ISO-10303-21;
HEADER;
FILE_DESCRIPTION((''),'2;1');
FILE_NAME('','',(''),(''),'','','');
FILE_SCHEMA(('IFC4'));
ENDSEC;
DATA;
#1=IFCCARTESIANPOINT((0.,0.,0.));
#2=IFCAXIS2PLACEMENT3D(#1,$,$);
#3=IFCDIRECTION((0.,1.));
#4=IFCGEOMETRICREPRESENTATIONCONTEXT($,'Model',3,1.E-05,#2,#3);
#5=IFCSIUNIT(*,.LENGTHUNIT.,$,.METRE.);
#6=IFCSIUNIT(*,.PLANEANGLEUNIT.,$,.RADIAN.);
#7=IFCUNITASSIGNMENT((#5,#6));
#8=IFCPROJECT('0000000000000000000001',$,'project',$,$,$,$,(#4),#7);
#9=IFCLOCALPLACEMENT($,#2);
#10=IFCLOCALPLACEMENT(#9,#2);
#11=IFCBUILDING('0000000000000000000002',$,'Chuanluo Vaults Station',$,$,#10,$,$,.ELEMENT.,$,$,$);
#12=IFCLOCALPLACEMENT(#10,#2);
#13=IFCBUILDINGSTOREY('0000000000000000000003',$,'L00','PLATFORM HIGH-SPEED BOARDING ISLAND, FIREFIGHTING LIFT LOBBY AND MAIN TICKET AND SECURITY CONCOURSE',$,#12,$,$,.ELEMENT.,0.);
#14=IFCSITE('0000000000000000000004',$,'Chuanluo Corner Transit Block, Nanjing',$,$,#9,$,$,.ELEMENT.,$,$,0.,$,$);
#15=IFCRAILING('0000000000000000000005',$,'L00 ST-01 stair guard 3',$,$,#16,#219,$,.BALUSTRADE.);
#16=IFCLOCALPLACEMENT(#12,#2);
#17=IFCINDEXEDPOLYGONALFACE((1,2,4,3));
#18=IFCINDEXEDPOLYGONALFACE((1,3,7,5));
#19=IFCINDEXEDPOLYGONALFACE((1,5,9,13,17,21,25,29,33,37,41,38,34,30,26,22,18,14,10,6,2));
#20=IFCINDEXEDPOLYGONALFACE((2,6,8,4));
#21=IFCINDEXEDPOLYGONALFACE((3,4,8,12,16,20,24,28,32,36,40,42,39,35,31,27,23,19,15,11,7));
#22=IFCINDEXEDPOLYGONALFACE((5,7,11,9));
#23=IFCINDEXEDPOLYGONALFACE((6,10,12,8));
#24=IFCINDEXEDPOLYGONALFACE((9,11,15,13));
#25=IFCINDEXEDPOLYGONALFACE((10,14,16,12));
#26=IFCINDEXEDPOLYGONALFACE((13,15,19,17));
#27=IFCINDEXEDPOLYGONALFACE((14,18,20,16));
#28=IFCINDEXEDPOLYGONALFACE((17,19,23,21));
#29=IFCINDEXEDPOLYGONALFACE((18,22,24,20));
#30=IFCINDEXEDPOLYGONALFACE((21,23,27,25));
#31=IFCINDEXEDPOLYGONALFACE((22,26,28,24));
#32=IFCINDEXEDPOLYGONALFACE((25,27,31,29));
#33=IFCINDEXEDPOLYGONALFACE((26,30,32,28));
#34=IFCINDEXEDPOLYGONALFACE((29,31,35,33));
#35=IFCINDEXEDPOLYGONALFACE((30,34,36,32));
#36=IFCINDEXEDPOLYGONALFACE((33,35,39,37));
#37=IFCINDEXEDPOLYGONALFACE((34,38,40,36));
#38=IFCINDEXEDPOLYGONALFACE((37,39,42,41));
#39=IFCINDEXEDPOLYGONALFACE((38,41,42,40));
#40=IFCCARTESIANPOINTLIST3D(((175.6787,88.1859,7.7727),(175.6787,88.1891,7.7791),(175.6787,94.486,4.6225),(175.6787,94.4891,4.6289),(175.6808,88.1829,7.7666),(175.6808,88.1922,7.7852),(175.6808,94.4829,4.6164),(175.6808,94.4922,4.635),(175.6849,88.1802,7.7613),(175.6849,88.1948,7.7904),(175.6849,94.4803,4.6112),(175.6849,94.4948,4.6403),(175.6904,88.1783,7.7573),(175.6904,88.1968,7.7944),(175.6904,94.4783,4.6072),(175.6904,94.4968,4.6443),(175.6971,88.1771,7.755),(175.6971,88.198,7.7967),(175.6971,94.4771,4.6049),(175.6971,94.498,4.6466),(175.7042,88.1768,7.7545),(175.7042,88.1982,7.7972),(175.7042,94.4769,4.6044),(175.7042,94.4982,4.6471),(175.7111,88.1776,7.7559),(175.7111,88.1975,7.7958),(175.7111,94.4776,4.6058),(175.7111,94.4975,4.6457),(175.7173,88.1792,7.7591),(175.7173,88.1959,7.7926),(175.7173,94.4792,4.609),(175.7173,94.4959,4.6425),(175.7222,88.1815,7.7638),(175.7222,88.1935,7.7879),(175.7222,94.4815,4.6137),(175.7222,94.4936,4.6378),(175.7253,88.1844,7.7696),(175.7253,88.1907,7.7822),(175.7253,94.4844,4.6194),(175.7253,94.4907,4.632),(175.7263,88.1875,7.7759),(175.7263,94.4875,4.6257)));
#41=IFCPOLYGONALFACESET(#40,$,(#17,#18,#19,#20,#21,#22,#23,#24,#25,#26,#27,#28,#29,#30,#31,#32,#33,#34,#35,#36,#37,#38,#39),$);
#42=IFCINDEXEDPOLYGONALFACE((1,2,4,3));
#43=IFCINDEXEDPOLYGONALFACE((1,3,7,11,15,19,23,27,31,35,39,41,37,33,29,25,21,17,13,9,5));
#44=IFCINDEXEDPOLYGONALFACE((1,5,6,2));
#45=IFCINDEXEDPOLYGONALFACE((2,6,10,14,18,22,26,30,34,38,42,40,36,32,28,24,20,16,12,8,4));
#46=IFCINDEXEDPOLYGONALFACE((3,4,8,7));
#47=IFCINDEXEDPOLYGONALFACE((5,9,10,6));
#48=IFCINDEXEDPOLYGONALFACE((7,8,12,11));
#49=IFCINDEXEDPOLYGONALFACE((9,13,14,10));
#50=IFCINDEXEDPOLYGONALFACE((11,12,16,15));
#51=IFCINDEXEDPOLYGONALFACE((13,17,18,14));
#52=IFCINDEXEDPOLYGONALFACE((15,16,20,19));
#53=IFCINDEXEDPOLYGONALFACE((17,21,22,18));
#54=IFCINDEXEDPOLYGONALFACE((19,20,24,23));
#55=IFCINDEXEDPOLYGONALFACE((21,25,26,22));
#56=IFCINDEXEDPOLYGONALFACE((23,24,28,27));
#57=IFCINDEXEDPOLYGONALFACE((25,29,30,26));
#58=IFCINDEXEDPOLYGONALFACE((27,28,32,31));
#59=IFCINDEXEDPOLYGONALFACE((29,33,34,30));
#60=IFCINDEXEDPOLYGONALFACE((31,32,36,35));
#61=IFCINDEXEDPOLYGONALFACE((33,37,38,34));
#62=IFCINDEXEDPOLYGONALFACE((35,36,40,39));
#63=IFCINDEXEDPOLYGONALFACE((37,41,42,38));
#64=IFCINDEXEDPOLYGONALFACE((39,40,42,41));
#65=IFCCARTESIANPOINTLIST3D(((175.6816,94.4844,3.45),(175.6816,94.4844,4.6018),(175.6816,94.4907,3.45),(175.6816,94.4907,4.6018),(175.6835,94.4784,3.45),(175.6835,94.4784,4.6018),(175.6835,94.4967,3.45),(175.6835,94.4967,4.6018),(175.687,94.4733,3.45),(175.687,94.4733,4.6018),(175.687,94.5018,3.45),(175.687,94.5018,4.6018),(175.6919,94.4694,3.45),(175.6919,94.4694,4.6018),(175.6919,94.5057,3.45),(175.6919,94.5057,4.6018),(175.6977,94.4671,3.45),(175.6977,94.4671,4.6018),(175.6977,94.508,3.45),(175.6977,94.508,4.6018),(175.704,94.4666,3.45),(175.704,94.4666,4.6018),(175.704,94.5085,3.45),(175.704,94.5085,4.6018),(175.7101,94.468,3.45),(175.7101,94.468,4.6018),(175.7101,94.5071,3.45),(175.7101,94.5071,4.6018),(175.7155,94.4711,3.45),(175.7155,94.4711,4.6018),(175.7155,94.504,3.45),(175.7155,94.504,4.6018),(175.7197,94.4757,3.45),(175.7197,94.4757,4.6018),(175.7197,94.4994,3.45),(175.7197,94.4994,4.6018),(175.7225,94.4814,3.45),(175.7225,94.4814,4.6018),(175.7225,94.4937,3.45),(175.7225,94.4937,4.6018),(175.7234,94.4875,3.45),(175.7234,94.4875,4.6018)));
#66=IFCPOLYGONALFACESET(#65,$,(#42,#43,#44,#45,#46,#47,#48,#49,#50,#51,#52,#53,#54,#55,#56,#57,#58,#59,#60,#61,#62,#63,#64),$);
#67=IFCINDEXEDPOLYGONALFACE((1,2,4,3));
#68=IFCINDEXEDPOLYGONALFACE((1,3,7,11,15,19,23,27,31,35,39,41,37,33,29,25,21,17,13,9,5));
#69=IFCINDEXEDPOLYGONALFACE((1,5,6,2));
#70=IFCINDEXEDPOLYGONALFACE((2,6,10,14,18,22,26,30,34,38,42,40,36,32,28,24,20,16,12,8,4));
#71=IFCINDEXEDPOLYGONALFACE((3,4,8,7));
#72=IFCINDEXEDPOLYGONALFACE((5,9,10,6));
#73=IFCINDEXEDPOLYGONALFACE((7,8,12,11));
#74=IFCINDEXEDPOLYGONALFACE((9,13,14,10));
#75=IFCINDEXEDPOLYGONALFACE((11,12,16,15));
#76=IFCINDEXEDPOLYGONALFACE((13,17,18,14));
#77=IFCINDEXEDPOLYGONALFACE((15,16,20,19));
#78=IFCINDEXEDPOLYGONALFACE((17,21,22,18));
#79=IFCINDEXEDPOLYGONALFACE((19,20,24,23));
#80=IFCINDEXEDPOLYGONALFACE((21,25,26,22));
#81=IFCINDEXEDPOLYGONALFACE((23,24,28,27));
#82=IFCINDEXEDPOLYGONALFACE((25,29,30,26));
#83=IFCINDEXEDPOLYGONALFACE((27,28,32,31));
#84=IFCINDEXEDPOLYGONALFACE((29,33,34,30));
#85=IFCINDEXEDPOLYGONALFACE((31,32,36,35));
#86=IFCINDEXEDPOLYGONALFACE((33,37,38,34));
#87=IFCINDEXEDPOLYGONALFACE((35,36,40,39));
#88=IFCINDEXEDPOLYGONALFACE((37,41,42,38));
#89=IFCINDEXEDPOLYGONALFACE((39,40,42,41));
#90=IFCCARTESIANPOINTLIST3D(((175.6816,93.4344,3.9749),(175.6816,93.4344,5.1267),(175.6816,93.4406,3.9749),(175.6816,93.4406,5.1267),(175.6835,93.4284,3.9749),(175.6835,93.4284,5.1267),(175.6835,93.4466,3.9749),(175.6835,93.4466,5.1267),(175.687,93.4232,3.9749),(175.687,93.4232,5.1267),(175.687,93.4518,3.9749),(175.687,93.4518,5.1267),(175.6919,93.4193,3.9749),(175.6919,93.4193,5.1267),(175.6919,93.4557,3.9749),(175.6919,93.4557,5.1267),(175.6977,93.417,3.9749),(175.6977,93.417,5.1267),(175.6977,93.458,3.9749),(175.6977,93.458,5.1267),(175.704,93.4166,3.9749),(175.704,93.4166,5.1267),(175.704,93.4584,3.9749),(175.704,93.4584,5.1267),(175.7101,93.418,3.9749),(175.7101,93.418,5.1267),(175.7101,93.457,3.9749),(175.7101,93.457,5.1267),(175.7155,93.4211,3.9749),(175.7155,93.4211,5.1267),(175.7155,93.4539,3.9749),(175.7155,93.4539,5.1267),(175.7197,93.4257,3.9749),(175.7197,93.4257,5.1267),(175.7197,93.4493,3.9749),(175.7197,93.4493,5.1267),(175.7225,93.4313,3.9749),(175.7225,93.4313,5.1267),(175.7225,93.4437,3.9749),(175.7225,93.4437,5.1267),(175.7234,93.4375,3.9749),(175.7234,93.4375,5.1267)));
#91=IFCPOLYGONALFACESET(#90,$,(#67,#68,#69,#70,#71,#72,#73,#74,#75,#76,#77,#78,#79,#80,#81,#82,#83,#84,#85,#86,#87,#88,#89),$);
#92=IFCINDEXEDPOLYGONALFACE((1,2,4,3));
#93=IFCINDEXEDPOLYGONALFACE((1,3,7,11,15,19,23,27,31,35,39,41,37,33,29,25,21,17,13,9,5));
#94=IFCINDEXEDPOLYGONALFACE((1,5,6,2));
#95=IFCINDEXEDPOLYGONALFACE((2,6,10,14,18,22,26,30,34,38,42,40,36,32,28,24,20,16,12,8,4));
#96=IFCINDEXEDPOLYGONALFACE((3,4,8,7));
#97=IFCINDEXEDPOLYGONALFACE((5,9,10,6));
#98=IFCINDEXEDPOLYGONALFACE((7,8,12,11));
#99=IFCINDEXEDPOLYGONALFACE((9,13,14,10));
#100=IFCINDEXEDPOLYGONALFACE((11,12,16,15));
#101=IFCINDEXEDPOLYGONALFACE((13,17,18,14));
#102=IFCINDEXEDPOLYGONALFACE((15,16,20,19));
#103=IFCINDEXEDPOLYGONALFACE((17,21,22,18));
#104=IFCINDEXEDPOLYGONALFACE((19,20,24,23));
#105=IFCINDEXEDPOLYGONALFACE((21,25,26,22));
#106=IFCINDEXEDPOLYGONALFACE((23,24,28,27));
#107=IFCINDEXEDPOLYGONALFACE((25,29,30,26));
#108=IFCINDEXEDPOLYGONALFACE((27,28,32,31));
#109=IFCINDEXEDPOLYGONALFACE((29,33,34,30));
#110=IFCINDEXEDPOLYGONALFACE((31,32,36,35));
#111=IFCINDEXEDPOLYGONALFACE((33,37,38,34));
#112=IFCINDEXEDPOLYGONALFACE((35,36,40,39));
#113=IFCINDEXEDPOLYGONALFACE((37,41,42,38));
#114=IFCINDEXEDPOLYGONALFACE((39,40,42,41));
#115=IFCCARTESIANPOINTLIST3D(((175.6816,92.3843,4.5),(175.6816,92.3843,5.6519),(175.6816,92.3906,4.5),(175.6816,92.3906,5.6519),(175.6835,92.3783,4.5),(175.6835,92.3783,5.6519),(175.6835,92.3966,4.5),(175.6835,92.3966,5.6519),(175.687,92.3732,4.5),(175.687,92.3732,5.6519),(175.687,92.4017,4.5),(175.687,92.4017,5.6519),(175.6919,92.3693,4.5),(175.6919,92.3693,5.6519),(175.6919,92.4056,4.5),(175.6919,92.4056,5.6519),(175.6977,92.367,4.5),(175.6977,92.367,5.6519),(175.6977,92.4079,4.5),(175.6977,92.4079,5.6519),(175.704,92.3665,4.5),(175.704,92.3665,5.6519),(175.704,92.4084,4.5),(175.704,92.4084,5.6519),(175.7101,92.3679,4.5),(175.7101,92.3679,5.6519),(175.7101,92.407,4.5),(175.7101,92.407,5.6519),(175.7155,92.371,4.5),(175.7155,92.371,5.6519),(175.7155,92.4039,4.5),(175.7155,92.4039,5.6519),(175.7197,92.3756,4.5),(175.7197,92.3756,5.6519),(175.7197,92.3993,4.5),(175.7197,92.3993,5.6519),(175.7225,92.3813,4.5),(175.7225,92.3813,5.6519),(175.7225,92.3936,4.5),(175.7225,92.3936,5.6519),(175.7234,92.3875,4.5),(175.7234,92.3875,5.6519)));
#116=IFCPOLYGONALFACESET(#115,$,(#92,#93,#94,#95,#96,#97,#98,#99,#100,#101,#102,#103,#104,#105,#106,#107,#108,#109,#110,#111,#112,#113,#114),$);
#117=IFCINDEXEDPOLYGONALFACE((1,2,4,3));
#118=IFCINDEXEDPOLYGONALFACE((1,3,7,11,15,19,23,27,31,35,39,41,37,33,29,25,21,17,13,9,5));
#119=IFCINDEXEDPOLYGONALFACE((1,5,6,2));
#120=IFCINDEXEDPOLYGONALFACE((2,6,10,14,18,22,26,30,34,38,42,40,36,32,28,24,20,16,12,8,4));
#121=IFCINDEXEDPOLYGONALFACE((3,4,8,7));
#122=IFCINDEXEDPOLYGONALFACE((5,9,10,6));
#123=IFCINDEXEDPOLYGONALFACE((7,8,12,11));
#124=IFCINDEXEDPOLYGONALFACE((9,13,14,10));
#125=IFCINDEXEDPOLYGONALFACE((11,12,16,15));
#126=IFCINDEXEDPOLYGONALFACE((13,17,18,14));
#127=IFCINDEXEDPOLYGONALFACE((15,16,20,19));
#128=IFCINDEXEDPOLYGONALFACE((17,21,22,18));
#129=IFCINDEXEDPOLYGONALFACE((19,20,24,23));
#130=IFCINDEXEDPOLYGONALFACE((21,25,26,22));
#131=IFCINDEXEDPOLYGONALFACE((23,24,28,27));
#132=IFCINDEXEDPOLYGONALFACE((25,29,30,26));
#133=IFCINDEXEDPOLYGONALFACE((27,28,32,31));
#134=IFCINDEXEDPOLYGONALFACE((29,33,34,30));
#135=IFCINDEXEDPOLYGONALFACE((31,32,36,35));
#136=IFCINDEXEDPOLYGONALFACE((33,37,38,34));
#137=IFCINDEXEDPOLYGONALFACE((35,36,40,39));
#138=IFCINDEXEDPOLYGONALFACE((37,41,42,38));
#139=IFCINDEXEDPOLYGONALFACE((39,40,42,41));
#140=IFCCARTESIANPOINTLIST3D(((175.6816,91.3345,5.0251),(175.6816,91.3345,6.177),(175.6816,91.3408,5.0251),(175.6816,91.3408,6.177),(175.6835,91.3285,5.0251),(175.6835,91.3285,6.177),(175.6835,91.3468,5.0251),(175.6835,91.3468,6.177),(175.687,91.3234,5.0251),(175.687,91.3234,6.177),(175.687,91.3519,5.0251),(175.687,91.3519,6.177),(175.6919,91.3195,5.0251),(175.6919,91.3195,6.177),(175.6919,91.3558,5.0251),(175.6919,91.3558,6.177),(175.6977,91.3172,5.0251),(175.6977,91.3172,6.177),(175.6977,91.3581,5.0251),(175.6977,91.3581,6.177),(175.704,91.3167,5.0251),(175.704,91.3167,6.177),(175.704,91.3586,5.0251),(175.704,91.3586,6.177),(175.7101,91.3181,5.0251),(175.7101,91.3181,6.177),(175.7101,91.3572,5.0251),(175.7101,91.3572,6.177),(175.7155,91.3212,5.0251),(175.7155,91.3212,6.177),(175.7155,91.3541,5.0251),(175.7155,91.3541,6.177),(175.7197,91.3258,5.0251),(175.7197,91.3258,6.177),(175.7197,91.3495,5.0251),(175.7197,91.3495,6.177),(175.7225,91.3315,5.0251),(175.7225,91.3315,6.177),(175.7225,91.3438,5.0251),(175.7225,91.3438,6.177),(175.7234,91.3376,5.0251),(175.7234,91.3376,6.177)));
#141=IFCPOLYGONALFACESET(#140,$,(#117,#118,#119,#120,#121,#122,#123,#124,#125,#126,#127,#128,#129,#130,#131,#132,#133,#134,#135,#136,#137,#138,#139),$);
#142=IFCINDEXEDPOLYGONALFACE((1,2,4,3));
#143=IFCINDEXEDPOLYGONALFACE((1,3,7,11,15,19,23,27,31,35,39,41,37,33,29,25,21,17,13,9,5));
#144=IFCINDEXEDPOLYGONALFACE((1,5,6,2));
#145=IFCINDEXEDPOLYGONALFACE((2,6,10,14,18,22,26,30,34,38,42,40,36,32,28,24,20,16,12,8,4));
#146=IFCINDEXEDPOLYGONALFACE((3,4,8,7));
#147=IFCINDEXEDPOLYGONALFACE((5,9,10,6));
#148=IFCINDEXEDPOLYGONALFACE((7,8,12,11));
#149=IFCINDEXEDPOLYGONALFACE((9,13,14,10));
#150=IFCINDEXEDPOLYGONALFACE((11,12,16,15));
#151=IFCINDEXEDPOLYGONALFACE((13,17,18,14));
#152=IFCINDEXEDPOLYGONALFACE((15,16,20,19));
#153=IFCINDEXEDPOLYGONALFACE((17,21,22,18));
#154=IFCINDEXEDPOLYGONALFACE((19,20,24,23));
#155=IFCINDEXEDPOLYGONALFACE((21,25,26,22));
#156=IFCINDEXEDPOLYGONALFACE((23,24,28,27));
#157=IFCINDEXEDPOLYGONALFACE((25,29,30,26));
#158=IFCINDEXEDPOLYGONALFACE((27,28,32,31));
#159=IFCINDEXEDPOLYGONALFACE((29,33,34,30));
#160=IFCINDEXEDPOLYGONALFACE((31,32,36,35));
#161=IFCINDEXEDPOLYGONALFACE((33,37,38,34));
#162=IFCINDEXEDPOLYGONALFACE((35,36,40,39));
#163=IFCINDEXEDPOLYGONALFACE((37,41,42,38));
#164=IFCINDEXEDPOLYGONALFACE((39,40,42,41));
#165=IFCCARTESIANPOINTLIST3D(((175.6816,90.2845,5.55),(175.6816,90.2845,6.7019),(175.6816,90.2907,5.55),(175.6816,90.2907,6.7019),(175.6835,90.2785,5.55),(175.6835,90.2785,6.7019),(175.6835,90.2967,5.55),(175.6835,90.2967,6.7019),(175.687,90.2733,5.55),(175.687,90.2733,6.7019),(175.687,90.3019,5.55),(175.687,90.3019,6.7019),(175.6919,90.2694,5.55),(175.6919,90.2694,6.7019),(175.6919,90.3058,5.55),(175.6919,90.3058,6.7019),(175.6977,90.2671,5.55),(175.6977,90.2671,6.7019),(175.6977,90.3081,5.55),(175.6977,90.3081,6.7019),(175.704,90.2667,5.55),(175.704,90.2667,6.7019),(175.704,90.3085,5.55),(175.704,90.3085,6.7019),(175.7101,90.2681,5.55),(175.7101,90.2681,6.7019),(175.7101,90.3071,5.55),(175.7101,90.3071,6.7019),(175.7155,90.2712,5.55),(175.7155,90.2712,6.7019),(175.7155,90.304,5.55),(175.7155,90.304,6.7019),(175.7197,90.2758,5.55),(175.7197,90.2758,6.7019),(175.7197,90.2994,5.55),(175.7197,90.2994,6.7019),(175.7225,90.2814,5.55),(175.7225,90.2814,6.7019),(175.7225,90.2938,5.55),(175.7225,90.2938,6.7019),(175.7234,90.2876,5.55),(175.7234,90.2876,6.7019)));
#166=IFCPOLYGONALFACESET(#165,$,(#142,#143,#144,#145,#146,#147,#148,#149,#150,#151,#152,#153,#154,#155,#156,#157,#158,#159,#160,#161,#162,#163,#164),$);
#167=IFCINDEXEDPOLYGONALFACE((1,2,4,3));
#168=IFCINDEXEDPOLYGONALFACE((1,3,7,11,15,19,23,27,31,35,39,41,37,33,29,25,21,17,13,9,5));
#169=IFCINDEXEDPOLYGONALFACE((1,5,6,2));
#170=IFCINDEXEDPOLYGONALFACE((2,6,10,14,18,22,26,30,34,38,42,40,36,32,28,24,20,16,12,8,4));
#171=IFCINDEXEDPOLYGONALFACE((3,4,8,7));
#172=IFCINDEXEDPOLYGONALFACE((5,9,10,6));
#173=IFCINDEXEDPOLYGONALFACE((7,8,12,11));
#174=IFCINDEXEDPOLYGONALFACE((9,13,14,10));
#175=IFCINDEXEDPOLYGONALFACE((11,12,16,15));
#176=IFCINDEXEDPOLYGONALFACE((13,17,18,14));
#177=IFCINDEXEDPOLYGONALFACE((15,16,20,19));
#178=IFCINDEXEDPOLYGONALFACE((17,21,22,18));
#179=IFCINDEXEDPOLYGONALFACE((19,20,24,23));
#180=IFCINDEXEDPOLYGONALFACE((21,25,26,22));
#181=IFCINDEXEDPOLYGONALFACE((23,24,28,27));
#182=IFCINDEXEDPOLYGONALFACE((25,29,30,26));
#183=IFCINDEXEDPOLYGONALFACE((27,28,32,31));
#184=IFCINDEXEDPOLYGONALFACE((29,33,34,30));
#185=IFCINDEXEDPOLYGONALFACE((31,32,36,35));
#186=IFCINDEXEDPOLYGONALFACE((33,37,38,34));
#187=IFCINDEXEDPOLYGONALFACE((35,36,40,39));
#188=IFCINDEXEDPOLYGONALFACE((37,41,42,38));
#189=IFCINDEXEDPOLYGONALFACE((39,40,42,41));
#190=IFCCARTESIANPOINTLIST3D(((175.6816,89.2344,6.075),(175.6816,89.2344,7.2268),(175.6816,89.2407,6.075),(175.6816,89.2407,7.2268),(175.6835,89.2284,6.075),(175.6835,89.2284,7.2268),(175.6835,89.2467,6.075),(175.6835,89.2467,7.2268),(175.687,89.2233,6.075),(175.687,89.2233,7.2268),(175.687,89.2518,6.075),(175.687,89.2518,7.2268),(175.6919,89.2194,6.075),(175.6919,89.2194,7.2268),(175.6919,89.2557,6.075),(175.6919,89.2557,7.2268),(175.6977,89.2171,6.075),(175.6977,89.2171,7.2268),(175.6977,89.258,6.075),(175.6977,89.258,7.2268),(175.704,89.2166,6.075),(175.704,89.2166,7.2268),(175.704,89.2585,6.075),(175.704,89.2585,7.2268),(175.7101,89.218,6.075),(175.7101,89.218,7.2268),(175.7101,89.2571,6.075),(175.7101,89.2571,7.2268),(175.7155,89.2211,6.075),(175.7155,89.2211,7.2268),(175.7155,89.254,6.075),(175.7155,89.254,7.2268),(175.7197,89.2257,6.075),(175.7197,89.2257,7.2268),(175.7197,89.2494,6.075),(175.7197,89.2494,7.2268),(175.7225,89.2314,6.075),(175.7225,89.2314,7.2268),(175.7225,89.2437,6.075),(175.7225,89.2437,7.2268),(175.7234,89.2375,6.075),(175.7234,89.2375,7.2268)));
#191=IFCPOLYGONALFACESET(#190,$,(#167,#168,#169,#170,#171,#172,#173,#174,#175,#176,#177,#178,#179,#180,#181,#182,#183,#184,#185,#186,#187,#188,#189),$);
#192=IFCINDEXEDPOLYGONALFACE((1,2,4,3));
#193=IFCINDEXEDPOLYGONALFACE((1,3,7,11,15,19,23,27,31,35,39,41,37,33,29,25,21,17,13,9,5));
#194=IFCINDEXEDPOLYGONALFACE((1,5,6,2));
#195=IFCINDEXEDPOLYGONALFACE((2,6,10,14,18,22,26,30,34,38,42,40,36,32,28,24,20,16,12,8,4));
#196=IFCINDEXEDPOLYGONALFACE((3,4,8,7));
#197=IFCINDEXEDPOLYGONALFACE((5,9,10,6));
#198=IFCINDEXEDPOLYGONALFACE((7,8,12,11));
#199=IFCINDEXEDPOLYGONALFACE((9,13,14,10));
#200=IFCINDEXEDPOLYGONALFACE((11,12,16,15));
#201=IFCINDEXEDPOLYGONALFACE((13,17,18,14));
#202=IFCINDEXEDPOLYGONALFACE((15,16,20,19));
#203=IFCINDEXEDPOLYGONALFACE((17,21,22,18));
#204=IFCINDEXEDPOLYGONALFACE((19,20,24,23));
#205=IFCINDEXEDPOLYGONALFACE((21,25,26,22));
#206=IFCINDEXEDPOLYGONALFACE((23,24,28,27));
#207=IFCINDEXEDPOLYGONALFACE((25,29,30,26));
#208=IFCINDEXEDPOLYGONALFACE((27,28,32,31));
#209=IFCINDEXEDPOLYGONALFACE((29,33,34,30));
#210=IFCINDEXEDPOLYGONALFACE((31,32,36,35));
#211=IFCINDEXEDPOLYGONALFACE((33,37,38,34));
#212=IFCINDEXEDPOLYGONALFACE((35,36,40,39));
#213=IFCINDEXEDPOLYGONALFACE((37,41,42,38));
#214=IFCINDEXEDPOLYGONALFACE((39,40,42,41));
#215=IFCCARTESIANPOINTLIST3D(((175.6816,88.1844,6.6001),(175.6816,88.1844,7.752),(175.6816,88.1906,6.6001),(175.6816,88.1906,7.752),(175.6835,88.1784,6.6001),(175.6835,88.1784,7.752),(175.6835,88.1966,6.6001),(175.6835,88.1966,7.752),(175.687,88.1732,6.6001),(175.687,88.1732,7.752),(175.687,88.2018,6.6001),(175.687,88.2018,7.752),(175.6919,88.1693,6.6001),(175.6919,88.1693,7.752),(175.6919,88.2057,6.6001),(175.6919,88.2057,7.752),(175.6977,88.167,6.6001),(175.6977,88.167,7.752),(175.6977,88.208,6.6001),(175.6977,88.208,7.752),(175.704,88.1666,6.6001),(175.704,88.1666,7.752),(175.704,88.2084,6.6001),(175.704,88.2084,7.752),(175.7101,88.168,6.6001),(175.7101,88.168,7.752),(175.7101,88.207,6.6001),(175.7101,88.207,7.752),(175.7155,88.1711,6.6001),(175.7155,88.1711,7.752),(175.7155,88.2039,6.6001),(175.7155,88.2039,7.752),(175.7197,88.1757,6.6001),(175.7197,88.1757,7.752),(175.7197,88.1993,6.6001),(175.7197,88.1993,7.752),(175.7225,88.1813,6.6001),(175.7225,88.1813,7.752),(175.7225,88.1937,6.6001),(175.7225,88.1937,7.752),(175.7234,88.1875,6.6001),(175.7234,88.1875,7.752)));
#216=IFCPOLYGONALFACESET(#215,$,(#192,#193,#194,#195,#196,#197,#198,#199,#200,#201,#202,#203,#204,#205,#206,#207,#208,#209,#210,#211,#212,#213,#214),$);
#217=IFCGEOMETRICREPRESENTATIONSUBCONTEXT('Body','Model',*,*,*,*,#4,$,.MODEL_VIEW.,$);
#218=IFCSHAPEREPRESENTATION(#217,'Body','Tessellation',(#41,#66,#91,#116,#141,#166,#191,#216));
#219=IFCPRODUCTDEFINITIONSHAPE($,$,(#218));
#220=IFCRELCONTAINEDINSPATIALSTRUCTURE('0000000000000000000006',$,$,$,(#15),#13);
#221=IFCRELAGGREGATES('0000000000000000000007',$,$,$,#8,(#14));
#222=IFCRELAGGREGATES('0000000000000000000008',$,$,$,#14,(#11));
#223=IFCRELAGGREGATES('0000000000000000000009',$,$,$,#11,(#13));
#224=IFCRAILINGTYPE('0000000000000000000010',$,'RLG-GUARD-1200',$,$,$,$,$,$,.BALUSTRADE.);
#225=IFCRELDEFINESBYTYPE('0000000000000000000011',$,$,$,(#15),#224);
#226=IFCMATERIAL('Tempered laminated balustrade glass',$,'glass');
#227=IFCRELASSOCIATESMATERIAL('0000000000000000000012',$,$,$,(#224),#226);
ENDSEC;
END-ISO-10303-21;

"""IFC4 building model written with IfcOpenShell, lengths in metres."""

from ifc_helpers import new_model, si_unit, direction, frame, origin, origin_2d, place, context, subcontext, project, spatial, circle, extrude, material, type_object, element, save


model = new_model("IFC4")

# Units and contexts
model_context = context("Model", 3, precision=1e-05, world=origin(), true_north=direction((0.0, 1.0)))
body_context = subcontext(model_context, "Body", "Model", "MODEL_VIEW")
ifc_project = project(units=[si_unit("LENGTHUNIT", "METRE"), si_unit("PLANEANGLEUNIT", "RADIAN")], contexts=[model_context])

# Site, building, storey
site_placement = place(None, origin())
site = spatial("IfcSite", under=ifc_project, at=site_placement, Name="Chuanluo Corner Transit Block, Nanjing", CompositionType="ELEMENT", RefElevation=0.0)
building_placement = place(site_placement, origin())
building = spatial("IfcBuilding", under=site, at=building_placement, Name="Chuanluo Vaults Station", CompositionType="ELEMENT")
storey_placement = place(building_placement, origin())
storey = spatial("IfcBuildingStorey", under=building, at=storey_placement, Name="L00", Description="PLATFORM HIGH-SPEED BOARDING ISLAND, FIREFIGHTING LIFT LOBBY AND MAIN TICKET AND SECURITY CONCOURSE", CompositionType="ELEMENT", Elevation=0.0)

# Railing
ifc_material_1 = material(Name="Tempered laminated balustrade glass", Category="glass")
railing_type_1 = type_object("IfcRailingType", Name="RLG-GUARD-1200", PredefinedType="BALUSTRADE", material=ifc_material_1)
railing_1_placement = place(storey_placement, frame((175.7024, 94.4875, 3.45)))
element("IfcRailing", 1, at=railing_1_placement, inside=storey, type_object=railing_type_1, Name="L00 ST-01 stair guard 3", PredefinedType="BALUSTRADE", context=body_context, shape_type="SweptSolid", body=[
    extrude(circle(Radius=0.0239, at=origin_2d()), frame((0.0, 0.0, 1.1758), z_axis=(0.0, -0.89442, 0.447227), x_axis=(1.0, 0.0, 0.0)), (0.0, 0.0, 1.0), 7.0437),
    extrude(circle(Radius=0.021, at=origin_2d()), origin(), (0.0, 0.0, 1.0), 1.1519),
    extrude(circle(Radius=0.021, at=origin_2d()), frame((0.0, -1.05, 0.5249)), (0.0, 0.0, 1.0), 1.1519),
    extrude(circle(Radius=0.021, at=origin_2d()), frame((0.0, -2.1001, 1.05)), (0.0, 0.0, 1.0), 1.1519),
    extrude(circle(Radius=0.021, at=origin_2d()), frame((0.0, -3.1499, 1.5752)), (0.0, 0.0, 1.0), 1.1519),
    extrude(circle(Radius=0.021, at=origin_2d()), frame((0.0, -4.2, 2.1001)), (0.0, 0.0, 1.0), 1.1519),
    extrude(circle(Radius=0.021, at=origin_2d()), frame((0.0, -5.25, 2.625)), (0.0, 0.0, 1.0), 1.1519),
    extrude(circle(Radius=0.021, at=origin_2d()), frame((0.0, -6.3, 3.1501)), (0.0, 0.0, 1.0), 1.1519),
])

save(model, "model.ifc")
